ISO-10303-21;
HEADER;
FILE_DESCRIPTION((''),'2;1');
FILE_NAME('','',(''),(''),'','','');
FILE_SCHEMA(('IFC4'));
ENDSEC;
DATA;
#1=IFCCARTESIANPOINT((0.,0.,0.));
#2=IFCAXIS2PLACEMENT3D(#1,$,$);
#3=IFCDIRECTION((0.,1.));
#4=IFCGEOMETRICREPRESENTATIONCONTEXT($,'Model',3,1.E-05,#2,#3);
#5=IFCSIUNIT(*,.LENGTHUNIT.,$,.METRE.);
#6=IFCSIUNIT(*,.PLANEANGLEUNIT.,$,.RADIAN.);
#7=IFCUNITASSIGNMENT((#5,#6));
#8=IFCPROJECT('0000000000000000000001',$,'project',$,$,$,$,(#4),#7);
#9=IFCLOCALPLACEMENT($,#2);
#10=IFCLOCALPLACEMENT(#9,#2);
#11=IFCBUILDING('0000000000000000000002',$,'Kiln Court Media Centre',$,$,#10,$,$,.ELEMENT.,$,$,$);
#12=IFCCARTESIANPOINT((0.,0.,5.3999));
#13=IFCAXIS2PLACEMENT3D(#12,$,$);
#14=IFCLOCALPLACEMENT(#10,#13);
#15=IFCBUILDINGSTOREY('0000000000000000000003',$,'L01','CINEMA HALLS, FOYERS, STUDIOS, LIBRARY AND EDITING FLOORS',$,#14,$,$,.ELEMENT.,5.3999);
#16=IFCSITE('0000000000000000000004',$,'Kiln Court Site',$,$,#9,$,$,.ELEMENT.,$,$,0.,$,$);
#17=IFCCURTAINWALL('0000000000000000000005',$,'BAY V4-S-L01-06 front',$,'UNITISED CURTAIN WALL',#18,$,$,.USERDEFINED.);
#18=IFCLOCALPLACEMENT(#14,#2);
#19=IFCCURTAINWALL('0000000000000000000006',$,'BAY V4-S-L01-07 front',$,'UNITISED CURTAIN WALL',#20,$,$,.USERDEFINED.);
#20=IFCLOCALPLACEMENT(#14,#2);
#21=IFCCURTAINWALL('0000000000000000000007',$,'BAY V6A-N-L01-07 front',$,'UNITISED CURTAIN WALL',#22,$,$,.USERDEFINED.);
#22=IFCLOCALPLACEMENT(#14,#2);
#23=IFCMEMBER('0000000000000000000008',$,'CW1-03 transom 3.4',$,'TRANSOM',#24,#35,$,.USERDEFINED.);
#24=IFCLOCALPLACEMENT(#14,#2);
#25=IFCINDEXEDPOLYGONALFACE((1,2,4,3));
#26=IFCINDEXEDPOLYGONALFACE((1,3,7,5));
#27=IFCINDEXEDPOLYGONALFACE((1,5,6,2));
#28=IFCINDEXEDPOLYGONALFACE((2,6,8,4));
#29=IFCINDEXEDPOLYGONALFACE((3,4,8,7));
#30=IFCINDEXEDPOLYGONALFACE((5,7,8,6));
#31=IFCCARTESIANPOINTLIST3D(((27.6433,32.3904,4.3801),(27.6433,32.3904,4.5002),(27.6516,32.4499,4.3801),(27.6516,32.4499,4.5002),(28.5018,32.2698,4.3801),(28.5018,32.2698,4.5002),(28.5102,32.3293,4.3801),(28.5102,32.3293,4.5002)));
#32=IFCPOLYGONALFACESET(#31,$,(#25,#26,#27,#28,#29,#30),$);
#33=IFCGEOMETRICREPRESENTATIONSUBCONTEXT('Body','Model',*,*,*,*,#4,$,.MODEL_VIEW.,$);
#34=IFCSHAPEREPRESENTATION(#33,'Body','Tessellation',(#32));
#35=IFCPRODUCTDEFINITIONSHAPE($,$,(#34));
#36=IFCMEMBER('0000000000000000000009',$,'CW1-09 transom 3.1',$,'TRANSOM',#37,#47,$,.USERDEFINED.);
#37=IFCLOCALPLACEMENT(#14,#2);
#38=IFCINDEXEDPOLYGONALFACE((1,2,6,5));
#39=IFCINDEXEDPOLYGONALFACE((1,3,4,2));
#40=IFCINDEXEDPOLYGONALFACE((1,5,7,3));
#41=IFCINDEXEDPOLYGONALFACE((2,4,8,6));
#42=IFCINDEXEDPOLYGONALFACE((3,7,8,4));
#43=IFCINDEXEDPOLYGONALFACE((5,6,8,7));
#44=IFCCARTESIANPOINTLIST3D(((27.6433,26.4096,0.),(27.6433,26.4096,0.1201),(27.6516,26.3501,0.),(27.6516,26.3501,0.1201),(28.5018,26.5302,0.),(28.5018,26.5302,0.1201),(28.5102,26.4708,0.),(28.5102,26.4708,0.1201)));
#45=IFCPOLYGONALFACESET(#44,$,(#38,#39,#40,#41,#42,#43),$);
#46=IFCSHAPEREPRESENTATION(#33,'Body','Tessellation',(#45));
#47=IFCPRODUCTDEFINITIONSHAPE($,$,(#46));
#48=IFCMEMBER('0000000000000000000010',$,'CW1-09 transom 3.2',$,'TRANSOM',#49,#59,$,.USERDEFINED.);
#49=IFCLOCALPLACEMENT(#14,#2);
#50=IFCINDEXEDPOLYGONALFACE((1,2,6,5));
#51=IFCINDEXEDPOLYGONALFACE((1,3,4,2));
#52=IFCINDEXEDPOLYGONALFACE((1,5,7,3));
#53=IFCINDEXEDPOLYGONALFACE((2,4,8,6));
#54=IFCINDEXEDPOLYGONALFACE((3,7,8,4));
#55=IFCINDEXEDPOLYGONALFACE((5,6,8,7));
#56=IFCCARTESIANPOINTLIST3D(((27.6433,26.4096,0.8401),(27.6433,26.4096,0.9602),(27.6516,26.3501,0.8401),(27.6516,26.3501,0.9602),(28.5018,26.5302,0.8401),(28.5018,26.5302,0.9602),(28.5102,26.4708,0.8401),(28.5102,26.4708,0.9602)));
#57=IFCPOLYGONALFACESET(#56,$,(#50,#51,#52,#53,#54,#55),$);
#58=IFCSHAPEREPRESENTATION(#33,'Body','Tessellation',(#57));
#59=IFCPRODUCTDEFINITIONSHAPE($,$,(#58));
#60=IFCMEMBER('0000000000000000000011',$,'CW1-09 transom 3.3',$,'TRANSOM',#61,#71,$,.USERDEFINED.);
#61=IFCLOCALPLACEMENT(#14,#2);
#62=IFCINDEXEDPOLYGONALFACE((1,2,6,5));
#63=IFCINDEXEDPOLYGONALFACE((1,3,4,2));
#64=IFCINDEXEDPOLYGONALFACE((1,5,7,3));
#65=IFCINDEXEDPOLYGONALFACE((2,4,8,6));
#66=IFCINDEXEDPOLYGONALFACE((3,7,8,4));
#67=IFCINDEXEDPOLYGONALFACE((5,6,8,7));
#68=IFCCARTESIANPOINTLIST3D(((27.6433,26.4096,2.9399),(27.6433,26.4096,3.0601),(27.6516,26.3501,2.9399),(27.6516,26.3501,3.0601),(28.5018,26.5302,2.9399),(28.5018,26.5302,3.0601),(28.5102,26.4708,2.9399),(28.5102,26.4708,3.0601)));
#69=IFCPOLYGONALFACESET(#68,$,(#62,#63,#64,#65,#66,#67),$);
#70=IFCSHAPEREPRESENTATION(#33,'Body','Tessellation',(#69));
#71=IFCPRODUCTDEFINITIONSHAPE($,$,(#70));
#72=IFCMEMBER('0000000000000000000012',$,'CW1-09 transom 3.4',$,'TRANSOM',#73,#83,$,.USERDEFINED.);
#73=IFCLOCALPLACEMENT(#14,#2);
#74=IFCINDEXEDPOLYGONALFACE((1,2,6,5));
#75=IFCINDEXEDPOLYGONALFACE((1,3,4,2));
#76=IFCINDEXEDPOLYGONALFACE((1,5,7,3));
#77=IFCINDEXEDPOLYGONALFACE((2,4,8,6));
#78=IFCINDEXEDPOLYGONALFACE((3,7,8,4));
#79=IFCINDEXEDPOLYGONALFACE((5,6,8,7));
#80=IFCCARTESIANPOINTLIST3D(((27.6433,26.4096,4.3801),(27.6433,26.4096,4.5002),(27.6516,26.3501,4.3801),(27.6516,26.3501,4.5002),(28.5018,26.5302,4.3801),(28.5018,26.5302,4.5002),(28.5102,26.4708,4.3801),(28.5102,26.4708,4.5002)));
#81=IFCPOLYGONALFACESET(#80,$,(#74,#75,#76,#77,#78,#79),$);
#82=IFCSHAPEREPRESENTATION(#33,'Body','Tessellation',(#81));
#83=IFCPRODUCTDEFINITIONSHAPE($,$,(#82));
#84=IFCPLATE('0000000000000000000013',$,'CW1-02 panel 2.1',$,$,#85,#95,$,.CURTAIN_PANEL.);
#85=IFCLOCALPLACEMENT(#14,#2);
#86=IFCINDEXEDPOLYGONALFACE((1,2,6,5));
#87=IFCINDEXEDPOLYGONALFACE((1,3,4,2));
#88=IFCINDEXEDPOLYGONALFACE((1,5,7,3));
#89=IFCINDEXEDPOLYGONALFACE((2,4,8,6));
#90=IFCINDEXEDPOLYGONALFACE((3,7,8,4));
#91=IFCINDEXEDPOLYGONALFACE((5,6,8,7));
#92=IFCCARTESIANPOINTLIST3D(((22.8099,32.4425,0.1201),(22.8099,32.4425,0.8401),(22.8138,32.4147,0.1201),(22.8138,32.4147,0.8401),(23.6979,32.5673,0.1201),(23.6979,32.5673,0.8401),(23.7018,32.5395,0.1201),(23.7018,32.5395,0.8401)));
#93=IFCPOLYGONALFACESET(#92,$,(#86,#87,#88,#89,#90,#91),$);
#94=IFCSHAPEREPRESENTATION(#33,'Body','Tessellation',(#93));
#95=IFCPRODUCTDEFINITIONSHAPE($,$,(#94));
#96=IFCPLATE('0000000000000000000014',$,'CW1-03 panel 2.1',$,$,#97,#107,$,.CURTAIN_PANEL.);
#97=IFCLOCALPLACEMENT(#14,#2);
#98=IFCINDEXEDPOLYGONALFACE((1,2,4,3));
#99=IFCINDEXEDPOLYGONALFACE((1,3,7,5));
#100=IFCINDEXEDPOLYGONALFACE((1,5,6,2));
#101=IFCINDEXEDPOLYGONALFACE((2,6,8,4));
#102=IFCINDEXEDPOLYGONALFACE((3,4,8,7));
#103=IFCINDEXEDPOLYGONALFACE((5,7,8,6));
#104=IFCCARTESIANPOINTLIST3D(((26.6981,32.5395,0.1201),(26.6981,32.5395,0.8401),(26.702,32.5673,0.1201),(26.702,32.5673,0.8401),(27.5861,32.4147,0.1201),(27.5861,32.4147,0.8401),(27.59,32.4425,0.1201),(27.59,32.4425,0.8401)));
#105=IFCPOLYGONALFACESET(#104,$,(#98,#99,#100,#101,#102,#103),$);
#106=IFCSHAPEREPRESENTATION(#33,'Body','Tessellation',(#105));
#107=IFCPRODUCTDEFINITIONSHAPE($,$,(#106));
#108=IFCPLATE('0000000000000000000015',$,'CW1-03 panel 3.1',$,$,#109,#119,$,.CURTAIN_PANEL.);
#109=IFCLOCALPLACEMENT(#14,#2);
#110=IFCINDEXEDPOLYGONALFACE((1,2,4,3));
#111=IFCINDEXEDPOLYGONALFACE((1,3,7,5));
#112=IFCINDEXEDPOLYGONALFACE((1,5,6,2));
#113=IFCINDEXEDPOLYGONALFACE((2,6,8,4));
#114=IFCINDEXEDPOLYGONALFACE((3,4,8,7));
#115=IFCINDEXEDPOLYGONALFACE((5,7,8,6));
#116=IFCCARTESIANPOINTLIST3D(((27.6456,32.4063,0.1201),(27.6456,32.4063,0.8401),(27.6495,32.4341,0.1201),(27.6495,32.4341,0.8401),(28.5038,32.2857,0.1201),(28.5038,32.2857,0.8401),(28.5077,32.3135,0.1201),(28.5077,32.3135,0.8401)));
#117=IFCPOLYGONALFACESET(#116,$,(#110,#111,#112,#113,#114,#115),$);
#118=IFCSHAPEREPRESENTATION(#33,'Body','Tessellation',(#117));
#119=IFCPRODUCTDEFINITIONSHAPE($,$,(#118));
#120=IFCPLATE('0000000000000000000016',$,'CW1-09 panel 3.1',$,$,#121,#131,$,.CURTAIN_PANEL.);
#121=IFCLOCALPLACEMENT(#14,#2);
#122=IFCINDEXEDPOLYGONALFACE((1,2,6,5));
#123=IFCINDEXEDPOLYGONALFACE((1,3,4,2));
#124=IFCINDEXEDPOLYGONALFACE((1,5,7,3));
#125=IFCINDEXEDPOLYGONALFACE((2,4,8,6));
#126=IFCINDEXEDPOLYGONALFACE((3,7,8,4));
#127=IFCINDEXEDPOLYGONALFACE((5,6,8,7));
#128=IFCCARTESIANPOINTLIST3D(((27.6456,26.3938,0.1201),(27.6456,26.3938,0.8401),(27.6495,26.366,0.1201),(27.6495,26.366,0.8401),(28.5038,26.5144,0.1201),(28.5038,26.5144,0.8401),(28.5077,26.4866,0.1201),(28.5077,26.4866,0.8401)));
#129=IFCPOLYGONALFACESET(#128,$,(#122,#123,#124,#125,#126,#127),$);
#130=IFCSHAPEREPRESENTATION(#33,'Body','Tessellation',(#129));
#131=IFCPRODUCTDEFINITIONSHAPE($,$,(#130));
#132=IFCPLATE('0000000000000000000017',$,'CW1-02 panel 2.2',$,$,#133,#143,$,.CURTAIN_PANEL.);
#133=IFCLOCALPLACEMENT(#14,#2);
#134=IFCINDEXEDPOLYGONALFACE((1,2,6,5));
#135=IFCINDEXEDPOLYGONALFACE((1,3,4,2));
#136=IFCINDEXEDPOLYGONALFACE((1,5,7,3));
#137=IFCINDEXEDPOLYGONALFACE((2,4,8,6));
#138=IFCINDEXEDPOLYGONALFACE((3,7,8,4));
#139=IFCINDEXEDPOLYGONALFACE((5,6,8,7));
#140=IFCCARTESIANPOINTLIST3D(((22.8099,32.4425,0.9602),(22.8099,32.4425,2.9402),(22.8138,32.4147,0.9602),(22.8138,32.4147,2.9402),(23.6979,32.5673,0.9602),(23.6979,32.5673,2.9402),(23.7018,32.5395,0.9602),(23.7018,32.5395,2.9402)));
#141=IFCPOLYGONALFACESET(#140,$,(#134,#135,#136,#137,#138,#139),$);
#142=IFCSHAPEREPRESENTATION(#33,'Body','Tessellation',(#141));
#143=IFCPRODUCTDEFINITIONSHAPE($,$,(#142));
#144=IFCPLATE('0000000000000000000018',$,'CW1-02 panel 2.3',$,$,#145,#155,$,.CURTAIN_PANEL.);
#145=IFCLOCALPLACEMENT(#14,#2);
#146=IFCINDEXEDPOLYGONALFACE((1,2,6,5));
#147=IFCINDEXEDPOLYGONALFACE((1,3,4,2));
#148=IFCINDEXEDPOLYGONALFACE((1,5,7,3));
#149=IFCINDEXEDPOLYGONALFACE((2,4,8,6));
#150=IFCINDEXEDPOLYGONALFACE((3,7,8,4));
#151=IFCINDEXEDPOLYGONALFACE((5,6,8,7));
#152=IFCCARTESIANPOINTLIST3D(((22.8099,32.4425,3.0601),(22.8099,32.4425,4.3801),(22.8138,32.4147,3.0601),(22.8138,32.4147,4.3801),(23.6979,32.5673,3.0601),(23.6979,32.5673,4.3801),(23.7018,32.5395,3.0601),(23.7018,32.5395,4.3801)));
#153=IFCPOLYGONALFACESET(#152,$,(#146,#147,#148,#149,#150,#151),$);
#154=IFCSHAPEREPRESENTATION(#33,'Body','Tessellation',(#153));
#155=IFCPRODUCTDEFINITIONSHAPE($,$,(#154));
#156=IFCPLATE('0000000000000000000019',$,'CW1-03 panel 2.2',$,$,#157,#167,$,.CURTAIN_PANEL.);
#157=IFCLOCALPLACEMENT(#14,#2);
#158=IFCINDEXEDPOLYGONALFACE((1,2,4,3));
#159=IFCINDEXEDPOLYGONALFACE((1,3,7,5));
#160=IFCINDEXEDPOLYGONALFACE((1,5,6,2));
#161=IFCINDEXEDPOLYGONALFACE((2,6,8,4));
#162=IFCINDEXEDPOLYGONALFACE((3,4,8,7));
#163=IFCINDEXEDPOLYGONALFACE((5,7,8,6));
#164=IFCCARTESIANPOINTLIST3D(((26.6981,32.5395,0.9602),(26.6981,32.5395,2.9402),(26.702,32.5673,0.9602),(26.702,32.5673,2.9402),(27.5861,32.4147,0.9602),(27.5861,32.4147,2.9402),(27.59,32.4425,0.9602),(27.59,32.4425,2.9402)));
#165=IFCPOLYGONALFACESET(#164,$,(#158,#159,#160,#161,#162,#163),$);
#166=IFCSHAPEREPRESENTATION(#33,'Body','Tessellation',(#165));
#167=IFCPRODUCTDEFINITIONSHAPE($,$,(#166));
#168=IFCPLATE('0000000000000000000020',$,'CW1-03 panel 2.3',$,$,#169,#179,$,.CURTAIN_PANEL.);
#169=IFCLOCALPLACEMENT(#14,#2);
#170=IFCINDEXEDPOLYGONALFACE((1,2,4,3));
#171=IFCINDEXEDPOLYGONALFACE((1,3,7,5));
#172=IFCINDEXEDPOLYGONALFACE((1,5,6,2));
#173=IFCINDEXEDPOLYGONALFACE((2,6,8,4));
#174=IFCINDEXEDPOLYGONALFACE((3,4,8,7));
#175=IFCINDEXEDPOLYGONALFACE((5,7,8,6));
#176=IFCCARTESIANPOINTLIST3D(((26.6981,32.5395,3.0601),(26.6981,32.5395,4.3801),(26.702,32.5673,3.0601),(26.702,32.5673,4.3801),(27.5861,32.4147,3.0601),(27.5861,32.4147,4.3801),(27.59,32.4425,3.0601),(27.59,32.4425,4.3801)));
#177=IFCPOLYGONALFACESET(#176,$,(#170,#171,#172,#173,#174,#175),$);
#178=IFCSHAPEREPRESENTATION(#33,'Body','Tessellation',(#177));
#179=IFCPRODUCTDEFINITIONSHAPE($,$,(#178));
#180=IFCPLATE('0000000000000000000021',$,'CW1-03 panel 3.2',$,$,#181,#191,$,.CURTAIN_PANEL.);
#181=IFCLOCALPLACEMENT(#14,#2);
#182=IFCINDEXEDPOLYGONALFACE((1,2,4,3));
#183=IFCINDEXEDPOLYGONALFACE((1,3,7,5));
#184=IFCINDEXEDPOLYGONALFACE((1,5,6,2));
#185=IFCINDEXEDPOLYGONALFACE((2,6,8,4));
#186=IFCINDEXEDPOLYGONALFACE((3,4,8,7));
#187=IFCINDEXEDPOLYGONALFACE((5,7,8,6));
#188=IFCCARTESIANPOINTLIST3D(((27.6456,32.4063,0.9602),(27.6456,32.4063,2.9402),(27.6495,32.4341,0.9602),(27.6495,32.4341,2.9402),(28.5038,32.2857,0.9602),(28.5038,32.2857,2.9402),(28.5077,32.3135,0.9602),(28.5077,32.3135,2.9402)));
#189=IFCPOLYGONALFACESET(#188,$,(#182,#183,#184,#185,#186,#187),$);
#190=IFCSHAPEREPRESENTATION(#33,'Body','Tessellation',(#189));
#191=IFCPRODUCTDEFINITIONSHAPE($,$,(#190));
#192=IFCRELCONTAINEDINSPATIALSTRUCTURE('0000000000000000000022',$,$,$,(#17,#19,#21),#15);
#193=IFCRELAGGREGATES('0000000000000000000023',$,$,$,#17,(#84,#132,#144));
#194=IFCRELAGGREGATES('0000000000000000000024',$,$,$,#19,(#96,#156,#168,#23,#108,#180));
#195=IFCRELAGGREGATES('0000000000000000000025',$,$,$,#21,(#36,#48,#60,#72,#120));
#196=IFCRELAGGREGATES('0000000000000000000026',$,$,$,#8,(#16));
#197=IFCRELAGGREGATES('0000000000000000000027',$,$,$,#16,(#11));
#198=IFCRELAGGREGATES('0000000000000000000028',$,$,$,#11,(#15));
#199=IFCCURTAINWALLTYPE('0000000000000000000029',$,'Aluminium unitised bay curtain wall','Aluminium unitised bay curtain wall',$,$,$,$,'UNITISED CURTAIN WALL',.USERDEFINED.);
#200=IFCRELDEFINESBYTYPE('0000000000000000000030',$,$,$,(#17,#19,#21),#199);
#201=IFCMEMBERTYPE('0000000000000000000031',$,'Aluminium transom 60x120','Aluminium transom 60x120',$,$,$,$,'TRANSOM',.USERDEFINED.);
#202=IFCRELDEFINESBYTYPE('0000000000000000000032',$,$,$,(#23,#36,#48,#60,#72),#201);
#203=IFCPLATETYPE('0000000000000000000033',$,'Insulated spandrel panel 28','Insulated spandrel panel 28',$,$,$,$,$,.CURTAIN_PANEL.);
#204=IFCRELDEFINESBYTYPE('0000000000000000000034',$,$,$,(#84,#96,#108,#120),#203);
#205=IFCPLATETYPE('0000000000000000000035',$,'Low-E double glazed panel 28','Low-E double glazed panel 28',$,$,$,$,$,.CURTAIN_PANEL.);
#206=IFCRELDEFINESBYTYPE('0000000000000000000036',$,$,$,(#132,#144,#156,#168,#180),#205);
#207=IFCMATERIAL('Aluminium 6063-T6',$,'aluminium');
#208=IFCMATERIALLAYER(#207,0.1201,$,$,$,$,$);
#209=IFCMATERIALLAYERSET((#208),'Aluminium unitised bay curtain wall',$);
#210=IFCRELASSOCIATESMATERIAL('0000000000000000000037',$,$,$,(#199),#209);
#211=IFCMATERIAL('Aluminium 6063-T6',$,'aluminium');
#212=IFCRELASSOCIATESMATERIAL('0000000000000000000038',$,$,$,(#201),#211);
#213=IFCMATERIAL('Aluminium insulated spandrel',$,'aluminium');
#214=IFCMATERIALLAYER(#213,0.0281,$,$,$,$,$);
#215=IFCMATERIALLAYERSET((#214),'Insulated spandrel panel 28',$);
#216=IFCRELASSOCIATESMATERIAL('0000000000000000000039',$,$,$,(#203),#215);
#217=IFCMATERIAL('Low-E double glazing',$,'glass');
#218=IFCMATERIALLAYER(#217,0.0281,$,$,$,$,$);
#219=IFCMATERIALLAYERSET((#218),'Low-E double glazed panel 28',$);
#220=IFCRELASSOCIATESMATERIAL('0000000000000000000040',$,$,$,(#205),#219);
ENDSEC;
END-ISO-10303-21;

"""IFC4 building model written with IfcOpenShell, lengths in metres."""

from ifc_helpers import new_model, si_unit, direction, frame, origin, origin_2d, place, context, subcontext, project, spatial, rectangle, extrude, material, layer, layer_set, material_profile, profile_set, type_object, element, aggregate, save


model = new_model("IFC4")

# Units and contexts
model_context = context("Model", 3, precision=1e-05, world=origin(), true_north=direction((0.0, 1.0)))
body_context = subcontext(model_context, "Body", "Model", "MODEL_VIEW")
ifc_project = project(units=[si_unit("LENGTHUNIT", "METRE"), si_unit("PLANEANGLEUNIT", "RADIAN")], contexts=[model_context])

# Site, building, storey
site_placement = place(None, origin())
site = spatial("IfcSite", under=ifc_project, at=site_placement, Name="Kiln Court Site", CompositionType="ELEMENT", RefElevation=0.0)
building_placement = place(site_placement, origin())
building = spatial("IfcBuilding", under=site, at=building_placement, Name="Kiln Court Media Centre", CompositionType="ELEMENT")
storey_placement = place(building_placement, frame((0.0, 0.0, 5.3999)))
storey = spatial("IfcBuildingStorey", under=building, at=storey_placement, Name="L01", Description="CINEMA HALLS, FOYERS, STUDIOS, LIBRARY AND EDITING FLOORS", CompositionType="ELEMENT", Elevation=5.3999)

# Curtain walls
ifc_material_1 = material(Name="Aluminium 6063-T6", Category="aluminium")
ifc_layer_1 = layer(ifc_material_1, 0.1201)
ifc_layer_set_1 = layer_set([ifc_layer_1], Name="Aluminium unitised bay curtain wall")
curtain_wall_type = type_object("IfcCurtainWallType", Name="Aluminium unitised bay curtain wall", Description="Aluminium unitised bay curtain wall", ElementType="UNITISED CURTAIN WALL", PredefinedType="USERDEFINED", material=ifc_layer_set_1)
curtain_wall_1_placement = place(storey_placement, origin())
curtain_wall_1 = element("IfcCurtainWall", 1, at=curtain_wall_1_placement, inside=storey, type_object=curtain_wall_type, Name="BAY V4-S-L01-06 front", ObjectType="UNITISED CURTAIN WALL", PredefinedType="USERDEFINED")
curtain_wall_2_placement = place(storey_placement, origin())
curtain_wall_2 = element("IfcCurtainWall", 2, at=curtain_wall_2_placement, inside=storey, type_object=curtain_wall_type, Name="BAY V4-S-L01-07 front", ObjectType="UNITISED CURTAIN WALL", PredefinedType="USERDEFINED")
curtain_wall_3_placement = place(storey_placement, origin())
curtain_wall_3 = element("IfcCurtainWall", 3, at=curtain_wall_3_placement, inside=storey, type_object=curtain_wall_type, Name="BAY V6A-N-L01-07 front", ObjectType="UNITISED CURTAIN WALL", PredefinedType="USERDEFINED")

# Members
ifc_material_2 = material(Name="Aluminium 6063-T6", Category="aluminium")
ifc_material_profile_1 = material_profile(ifc_material_2, rectangle(XDim=0.0601, YDim=0.1201, at=origin_2d()), Name="Aluminium transom 60x120")
ifc_profile_set_1 = profile_set([ifc_material_profile_1], Name="Aluminium 6063-T6")
member_type_1 = type_object("IfcMemberType", Name="Aluminium transom 60x120", Description="Aluminium transom 60x120", ElementType="TRANSOM", PredefinedType="USERDEFINED", material=ifc_profile_set_1)
member_1_placement = place(storey_placement, frame((27.6475, 32.4202, 4.4402), z_axis=(0.990274, -0.139134, 0.0), x_axis=(0.139134, 0.990274, 0.0)))
member_1 = element("IfcMember", 4, at=member_1_placement, type_object=member_type_1, Name="CW1-03 transom 3.4", ObjectType="TRANSOM", PredefinedType="USERDEFINED", context=body_context, shape_type="SweptSolid", body=[
    extrude(rectangle(XDim=0.0601, YDim=0.1201, at=origin_2d()), origin(), (0.0, 0.0, 1.0), 0.8669),
])
member_2_placement = place(storey_placement, frame((27.6475, 26.3799, 0.0601), z_axis=(0.990274, 0.139134, 0.0), x_axis=(-0.139134, 0.990274, 0.0)))
member_2 = element("IfcMember", 5, at=member_2_placement, type_object=member_type_1, Name="CW1-09 transom 3.1", ObjectType="TRANSOM", PredefinedType="USERDEFINED", context=body_context, shape_type="SweptSolid", body=[
    extrude(rectangle(XDim=0.0601, YDim=0.1201, at=origin_2d()), origin(), (0.0, 0.0, 1.0), 0.8669),
])
member_3_placement = place(storey_placement, frame((27.6475, 26.3799, 0.9001), z_axis=(0.990274, 0.139134, 0.0), x_axis=(-0.139134, 0.990274, 0.0)))
member_3 = element("IfcMember", 6, at=member_3_placement, type_object=member_type_1, Name="CW1-09 transom 3.2", ObjectType="TRANSOM", PredefinedType="USERDEFINED", context=body_context, shape_type="SweptSolid", body=[
    extrude(rectangle(XDim=0.0601, YDim=0.1201, at=origin_2d()), origin(), (0.0, 0.0, 1.0), 0.8669),
])
member_4_placement = place(storey_placement, frame((27.6475, 26.3799, 3.0), z_axis=(0.990274, 0.139134, 0.0), x_axis=(-0.139134, 0.990274, 0.0)))
member_4 = element("IfcMember", 7, at=member_4_placement, type_object=member_type_1, Name="CW1-09 transom 3.3", ObjectType="TRANSOM", PredefinedType="USERDEFINED", context=body_context, shape_type="SweptSolid", body=[
    extrude(rectangle(XDim=0.0601, YDim=0.1201, at=origin_2d()), origin(), (0.0, 0.0, 1.0), 0.8669),
])
member_5_placement = place(storey_placement, frame((27.6475, 26.3799, 4.4402), z_axis=(0.990274, 0.139134, 0.0), x_axis=(-0.139134, 0.990274, 0.0)))
member_5 = element("IfcMember", 8, at=member_5_placement, type_object=member_type_1, Name="CW1-09 transom 3.4", ObjectType="TRANSOM", PredefinedType="USERDEFINED", context=body_context, shape_type="SweptSolid", body=[
    extrude(rectangle(XDim=0.0601, YDim=0.1201, at=origin_2d()), origin(), (0.0, 0.0, 1.0), 0.8669),
])

# Plates
ifc_material_3 = material(Name="Aluminium insulated spandrel", Category="aluminium")
ifc_layer_2 = layer(ifc_material_3, 0.0281)
ifc_layer_set_2 = layer_set([ifc_layer_2], Name="Insulated spandrel panel 28")
plate_type_1 = type_object("IfcPlateType", Name="Insulated spandrel panel 28", Description="Insulated spandrel panel 28", PredefinedType="CURTAIN_PANEL", material=ifc_layer_set_2)
plate_1_placement = place(storey_placement, frame((23.2559, 32.491, 0.1201), z_axis=(0.0, 0.0, 1.0), x_axis=(0.99027, 0.139162, 0.0)))
plate_1 = element("IfcPlate", 9, at=plate_1_placement, type_object=plate_type_1, Name="CW1-02 panel 2.1", PredefinedType="CURTAIN_PANEL", context=body_context, shape_type="SweptSolid", body=[
    extrude(rectangle(XDim=0.8967, YDim=0.0281, at=origin_2d()), origin(), (0.0, 0.0, 1.0), 0.72),
])
plate_2_placement = place(storey_placement, frame((27.144, 32.491, 0.1201), z_axis=(0.0, 0.0, 1.0), x_axis=(0.99027, -0.139162, 0.0)))
plate_2 = element("IfcPlate", 10, at=plate_2_placement, type_object=plate_type_1, Name="CW1-03 panel 2.1", PredefinedType="CURTAIN_PANEL", context=body_context, shape_type="SweptSolid", body=[
    extrude(rectangle(XDim=0.8967, YDim=0.0281, at=origin_2d()), origin(), (0.0, 0.0, 1.0), 0.72),
])
plate_3_placement = place(storey_placement, frame((28.0767, 32.3599, 0.1201), z_axis=(0.0, 0.0, 1.0), x_axis=(0.99027, -0.139162, 0.0)))
plate_3 = element("IfcPlate", 11, at=plate_3_placement, type_object=plate_type_1, Name="CW1-03 panel 3.1", PredefinedType="CURTAIN_PANEL", context=body_context, shape_type="SweptSolid", body=[
    extrude(rectangle(XDim=0.8667, YDim=0.0281, at=origin_2d()), origin(), (0.0, 0.0, 1.0), 0.72),
])
plate_4_placement = place(storey_placement, frame((28.0767, 26.4402, 0.1201), z_axis=(0.0, 0.0, 1.0), x_axis=(0.99027, 0.139162, 0.0)))
plate_4 = element("IfcPlate", 12, at=plate_4_placement, type_object=plate_type_1, Name="CW1-09 panel 3.1", PredefinedType="CURTAIN_PANEL", context=body_context, shape_type="SweptSolid", body=[
    extrude(rectangle(XDim=0.8667, YDim=0.0281, at=origin_2d()), origin(), (0.0, 0.0, 1.0), 0.72),
])
ifc_material_4 = material(Name="Low-E double glazing", Category="glass")
ifc_layer_3 = layer(ifc_material_4, 0.0281)
ifc_layer_set_3 = layer_set([ifc_layer_3], Name="Low-E double glazed panel 28")
plate_type_2 = type_object("IfcPlateType", Name="Low-E double glazed panel 28", Description="Low-E double glazed panel 28", PredefinedType="CURTAIN_PANEL", material=ifc_layer_set_3)
plate_5_placement = place(storey_placement, frame((23.2559, 32.491, 0.9602), z_axis=(0.0, 0.0, 1.0), x_axis=(0.99027, 0.139162, 0.0)))
plate_5 = element("IfcPlate", 13, at=plate_5_placement, type_object=plate_type_2, Name="CW1-02 panel 2.2", PredefinedType="CURTAIN_PANEL", context=body_context, shape_type="SweptSolid", body=[
    extrude(rectangle(XDim=0.8967, YDim=0.0281, at=origin_2d()), origin(), (0.0, 0.0, 1.0), 1.98),
])
plate_6_placement = place(storey_placement, frame((23.2559, 32.491, 3.0601), z_axis=(0.0, 0.0, 1.0), x_axis=(0.99027, 0.139162, 0.0)))
plate_6 = element("IfcPlate", 14, at=plate_6_placement, type_object=plate_type_2, Name="CW1-02 panel 2.3", PredefinedType="CURTAIN_PANEL", context=body_context, shape_type="SweptSolid", body=[
    extrude(rectangle(XDim=0.8967, YDim=0.0281, at=origin_2d()), origin(), (0.0, 0.0, 1.0), 1.3201),
])
aggregate(curtain_wall_1, [plate_1, plate_5, plate_6])
plate_7_placement = place(storey_placement, frame((27.144, 32.491, 0.9602), z_axis=(0.0, 0.0, 1.0), x_axis=(0.99027, -0.139162, 0.0)))
plate_7 = element("IfcPlate", 15, at=plate_7_placement, type_object=plate_type_2, Name="CW1-03 panel 2.2", PredefinedType="CURTAIN_PANEL", context=body_context, shape_type="SweptSolid", body=[
    extrude(rectangle(XDim=0.8967, YDim=0.0281, at=origin_2d()), origin(), (0.0, 0.0, 1.0), 1.98),
])
plate_8_placement = place(storey_placement, frame((27.144, 32.491, 3.0601), z_axis=(0.0, 0.0, 1.0), x_axis=(0.99027, -0.139162, 0.0)))
plate_8 = element("IfcPlate", 16, at=plate_8_placement, type_object=plate_type_2, Name="CW1-03 panel 2.3", PredefinedType="CURTAIN_PANEL", context=body_context, shape_type="SweptSolid", body=[
    extrude(rectangle(XDim=0.8967, YDim=0.0281, at=origin_2d()), origin(), (0.0, 0.0, 1.0), 1.3201),
])
plate_9_placement = place(storey_placement, frame((28.0767, 32.3599, 0.9602), z_axis=(0.0, 0.0, 1.0), x_axis=(0.99027, -0.139162, 0.0)))
plate_9 = element("IfcPlate", 17, at=plate_9_placement, type_object=plate_type_2, Name="CW1-03 panel 3.2", PredefinedType="CURTAIN_PANEL", context=body_context, shape_type="SweptSolid", body=[
    extrude(rectangle(XDim=0.8667, YDim=0.0281, at=origin_2d()), origin(), (0.0, 0.0, 1.0), 1.98),
])
aggregate(curtain_wall_2, [plate_2, plate_7, plate_8, member_1, plate_3, plate_9])
aggregate(curtain_wall_3, [member_2, member_3, member_4, member_5, plate_4])

save(model, "model.ifc")
